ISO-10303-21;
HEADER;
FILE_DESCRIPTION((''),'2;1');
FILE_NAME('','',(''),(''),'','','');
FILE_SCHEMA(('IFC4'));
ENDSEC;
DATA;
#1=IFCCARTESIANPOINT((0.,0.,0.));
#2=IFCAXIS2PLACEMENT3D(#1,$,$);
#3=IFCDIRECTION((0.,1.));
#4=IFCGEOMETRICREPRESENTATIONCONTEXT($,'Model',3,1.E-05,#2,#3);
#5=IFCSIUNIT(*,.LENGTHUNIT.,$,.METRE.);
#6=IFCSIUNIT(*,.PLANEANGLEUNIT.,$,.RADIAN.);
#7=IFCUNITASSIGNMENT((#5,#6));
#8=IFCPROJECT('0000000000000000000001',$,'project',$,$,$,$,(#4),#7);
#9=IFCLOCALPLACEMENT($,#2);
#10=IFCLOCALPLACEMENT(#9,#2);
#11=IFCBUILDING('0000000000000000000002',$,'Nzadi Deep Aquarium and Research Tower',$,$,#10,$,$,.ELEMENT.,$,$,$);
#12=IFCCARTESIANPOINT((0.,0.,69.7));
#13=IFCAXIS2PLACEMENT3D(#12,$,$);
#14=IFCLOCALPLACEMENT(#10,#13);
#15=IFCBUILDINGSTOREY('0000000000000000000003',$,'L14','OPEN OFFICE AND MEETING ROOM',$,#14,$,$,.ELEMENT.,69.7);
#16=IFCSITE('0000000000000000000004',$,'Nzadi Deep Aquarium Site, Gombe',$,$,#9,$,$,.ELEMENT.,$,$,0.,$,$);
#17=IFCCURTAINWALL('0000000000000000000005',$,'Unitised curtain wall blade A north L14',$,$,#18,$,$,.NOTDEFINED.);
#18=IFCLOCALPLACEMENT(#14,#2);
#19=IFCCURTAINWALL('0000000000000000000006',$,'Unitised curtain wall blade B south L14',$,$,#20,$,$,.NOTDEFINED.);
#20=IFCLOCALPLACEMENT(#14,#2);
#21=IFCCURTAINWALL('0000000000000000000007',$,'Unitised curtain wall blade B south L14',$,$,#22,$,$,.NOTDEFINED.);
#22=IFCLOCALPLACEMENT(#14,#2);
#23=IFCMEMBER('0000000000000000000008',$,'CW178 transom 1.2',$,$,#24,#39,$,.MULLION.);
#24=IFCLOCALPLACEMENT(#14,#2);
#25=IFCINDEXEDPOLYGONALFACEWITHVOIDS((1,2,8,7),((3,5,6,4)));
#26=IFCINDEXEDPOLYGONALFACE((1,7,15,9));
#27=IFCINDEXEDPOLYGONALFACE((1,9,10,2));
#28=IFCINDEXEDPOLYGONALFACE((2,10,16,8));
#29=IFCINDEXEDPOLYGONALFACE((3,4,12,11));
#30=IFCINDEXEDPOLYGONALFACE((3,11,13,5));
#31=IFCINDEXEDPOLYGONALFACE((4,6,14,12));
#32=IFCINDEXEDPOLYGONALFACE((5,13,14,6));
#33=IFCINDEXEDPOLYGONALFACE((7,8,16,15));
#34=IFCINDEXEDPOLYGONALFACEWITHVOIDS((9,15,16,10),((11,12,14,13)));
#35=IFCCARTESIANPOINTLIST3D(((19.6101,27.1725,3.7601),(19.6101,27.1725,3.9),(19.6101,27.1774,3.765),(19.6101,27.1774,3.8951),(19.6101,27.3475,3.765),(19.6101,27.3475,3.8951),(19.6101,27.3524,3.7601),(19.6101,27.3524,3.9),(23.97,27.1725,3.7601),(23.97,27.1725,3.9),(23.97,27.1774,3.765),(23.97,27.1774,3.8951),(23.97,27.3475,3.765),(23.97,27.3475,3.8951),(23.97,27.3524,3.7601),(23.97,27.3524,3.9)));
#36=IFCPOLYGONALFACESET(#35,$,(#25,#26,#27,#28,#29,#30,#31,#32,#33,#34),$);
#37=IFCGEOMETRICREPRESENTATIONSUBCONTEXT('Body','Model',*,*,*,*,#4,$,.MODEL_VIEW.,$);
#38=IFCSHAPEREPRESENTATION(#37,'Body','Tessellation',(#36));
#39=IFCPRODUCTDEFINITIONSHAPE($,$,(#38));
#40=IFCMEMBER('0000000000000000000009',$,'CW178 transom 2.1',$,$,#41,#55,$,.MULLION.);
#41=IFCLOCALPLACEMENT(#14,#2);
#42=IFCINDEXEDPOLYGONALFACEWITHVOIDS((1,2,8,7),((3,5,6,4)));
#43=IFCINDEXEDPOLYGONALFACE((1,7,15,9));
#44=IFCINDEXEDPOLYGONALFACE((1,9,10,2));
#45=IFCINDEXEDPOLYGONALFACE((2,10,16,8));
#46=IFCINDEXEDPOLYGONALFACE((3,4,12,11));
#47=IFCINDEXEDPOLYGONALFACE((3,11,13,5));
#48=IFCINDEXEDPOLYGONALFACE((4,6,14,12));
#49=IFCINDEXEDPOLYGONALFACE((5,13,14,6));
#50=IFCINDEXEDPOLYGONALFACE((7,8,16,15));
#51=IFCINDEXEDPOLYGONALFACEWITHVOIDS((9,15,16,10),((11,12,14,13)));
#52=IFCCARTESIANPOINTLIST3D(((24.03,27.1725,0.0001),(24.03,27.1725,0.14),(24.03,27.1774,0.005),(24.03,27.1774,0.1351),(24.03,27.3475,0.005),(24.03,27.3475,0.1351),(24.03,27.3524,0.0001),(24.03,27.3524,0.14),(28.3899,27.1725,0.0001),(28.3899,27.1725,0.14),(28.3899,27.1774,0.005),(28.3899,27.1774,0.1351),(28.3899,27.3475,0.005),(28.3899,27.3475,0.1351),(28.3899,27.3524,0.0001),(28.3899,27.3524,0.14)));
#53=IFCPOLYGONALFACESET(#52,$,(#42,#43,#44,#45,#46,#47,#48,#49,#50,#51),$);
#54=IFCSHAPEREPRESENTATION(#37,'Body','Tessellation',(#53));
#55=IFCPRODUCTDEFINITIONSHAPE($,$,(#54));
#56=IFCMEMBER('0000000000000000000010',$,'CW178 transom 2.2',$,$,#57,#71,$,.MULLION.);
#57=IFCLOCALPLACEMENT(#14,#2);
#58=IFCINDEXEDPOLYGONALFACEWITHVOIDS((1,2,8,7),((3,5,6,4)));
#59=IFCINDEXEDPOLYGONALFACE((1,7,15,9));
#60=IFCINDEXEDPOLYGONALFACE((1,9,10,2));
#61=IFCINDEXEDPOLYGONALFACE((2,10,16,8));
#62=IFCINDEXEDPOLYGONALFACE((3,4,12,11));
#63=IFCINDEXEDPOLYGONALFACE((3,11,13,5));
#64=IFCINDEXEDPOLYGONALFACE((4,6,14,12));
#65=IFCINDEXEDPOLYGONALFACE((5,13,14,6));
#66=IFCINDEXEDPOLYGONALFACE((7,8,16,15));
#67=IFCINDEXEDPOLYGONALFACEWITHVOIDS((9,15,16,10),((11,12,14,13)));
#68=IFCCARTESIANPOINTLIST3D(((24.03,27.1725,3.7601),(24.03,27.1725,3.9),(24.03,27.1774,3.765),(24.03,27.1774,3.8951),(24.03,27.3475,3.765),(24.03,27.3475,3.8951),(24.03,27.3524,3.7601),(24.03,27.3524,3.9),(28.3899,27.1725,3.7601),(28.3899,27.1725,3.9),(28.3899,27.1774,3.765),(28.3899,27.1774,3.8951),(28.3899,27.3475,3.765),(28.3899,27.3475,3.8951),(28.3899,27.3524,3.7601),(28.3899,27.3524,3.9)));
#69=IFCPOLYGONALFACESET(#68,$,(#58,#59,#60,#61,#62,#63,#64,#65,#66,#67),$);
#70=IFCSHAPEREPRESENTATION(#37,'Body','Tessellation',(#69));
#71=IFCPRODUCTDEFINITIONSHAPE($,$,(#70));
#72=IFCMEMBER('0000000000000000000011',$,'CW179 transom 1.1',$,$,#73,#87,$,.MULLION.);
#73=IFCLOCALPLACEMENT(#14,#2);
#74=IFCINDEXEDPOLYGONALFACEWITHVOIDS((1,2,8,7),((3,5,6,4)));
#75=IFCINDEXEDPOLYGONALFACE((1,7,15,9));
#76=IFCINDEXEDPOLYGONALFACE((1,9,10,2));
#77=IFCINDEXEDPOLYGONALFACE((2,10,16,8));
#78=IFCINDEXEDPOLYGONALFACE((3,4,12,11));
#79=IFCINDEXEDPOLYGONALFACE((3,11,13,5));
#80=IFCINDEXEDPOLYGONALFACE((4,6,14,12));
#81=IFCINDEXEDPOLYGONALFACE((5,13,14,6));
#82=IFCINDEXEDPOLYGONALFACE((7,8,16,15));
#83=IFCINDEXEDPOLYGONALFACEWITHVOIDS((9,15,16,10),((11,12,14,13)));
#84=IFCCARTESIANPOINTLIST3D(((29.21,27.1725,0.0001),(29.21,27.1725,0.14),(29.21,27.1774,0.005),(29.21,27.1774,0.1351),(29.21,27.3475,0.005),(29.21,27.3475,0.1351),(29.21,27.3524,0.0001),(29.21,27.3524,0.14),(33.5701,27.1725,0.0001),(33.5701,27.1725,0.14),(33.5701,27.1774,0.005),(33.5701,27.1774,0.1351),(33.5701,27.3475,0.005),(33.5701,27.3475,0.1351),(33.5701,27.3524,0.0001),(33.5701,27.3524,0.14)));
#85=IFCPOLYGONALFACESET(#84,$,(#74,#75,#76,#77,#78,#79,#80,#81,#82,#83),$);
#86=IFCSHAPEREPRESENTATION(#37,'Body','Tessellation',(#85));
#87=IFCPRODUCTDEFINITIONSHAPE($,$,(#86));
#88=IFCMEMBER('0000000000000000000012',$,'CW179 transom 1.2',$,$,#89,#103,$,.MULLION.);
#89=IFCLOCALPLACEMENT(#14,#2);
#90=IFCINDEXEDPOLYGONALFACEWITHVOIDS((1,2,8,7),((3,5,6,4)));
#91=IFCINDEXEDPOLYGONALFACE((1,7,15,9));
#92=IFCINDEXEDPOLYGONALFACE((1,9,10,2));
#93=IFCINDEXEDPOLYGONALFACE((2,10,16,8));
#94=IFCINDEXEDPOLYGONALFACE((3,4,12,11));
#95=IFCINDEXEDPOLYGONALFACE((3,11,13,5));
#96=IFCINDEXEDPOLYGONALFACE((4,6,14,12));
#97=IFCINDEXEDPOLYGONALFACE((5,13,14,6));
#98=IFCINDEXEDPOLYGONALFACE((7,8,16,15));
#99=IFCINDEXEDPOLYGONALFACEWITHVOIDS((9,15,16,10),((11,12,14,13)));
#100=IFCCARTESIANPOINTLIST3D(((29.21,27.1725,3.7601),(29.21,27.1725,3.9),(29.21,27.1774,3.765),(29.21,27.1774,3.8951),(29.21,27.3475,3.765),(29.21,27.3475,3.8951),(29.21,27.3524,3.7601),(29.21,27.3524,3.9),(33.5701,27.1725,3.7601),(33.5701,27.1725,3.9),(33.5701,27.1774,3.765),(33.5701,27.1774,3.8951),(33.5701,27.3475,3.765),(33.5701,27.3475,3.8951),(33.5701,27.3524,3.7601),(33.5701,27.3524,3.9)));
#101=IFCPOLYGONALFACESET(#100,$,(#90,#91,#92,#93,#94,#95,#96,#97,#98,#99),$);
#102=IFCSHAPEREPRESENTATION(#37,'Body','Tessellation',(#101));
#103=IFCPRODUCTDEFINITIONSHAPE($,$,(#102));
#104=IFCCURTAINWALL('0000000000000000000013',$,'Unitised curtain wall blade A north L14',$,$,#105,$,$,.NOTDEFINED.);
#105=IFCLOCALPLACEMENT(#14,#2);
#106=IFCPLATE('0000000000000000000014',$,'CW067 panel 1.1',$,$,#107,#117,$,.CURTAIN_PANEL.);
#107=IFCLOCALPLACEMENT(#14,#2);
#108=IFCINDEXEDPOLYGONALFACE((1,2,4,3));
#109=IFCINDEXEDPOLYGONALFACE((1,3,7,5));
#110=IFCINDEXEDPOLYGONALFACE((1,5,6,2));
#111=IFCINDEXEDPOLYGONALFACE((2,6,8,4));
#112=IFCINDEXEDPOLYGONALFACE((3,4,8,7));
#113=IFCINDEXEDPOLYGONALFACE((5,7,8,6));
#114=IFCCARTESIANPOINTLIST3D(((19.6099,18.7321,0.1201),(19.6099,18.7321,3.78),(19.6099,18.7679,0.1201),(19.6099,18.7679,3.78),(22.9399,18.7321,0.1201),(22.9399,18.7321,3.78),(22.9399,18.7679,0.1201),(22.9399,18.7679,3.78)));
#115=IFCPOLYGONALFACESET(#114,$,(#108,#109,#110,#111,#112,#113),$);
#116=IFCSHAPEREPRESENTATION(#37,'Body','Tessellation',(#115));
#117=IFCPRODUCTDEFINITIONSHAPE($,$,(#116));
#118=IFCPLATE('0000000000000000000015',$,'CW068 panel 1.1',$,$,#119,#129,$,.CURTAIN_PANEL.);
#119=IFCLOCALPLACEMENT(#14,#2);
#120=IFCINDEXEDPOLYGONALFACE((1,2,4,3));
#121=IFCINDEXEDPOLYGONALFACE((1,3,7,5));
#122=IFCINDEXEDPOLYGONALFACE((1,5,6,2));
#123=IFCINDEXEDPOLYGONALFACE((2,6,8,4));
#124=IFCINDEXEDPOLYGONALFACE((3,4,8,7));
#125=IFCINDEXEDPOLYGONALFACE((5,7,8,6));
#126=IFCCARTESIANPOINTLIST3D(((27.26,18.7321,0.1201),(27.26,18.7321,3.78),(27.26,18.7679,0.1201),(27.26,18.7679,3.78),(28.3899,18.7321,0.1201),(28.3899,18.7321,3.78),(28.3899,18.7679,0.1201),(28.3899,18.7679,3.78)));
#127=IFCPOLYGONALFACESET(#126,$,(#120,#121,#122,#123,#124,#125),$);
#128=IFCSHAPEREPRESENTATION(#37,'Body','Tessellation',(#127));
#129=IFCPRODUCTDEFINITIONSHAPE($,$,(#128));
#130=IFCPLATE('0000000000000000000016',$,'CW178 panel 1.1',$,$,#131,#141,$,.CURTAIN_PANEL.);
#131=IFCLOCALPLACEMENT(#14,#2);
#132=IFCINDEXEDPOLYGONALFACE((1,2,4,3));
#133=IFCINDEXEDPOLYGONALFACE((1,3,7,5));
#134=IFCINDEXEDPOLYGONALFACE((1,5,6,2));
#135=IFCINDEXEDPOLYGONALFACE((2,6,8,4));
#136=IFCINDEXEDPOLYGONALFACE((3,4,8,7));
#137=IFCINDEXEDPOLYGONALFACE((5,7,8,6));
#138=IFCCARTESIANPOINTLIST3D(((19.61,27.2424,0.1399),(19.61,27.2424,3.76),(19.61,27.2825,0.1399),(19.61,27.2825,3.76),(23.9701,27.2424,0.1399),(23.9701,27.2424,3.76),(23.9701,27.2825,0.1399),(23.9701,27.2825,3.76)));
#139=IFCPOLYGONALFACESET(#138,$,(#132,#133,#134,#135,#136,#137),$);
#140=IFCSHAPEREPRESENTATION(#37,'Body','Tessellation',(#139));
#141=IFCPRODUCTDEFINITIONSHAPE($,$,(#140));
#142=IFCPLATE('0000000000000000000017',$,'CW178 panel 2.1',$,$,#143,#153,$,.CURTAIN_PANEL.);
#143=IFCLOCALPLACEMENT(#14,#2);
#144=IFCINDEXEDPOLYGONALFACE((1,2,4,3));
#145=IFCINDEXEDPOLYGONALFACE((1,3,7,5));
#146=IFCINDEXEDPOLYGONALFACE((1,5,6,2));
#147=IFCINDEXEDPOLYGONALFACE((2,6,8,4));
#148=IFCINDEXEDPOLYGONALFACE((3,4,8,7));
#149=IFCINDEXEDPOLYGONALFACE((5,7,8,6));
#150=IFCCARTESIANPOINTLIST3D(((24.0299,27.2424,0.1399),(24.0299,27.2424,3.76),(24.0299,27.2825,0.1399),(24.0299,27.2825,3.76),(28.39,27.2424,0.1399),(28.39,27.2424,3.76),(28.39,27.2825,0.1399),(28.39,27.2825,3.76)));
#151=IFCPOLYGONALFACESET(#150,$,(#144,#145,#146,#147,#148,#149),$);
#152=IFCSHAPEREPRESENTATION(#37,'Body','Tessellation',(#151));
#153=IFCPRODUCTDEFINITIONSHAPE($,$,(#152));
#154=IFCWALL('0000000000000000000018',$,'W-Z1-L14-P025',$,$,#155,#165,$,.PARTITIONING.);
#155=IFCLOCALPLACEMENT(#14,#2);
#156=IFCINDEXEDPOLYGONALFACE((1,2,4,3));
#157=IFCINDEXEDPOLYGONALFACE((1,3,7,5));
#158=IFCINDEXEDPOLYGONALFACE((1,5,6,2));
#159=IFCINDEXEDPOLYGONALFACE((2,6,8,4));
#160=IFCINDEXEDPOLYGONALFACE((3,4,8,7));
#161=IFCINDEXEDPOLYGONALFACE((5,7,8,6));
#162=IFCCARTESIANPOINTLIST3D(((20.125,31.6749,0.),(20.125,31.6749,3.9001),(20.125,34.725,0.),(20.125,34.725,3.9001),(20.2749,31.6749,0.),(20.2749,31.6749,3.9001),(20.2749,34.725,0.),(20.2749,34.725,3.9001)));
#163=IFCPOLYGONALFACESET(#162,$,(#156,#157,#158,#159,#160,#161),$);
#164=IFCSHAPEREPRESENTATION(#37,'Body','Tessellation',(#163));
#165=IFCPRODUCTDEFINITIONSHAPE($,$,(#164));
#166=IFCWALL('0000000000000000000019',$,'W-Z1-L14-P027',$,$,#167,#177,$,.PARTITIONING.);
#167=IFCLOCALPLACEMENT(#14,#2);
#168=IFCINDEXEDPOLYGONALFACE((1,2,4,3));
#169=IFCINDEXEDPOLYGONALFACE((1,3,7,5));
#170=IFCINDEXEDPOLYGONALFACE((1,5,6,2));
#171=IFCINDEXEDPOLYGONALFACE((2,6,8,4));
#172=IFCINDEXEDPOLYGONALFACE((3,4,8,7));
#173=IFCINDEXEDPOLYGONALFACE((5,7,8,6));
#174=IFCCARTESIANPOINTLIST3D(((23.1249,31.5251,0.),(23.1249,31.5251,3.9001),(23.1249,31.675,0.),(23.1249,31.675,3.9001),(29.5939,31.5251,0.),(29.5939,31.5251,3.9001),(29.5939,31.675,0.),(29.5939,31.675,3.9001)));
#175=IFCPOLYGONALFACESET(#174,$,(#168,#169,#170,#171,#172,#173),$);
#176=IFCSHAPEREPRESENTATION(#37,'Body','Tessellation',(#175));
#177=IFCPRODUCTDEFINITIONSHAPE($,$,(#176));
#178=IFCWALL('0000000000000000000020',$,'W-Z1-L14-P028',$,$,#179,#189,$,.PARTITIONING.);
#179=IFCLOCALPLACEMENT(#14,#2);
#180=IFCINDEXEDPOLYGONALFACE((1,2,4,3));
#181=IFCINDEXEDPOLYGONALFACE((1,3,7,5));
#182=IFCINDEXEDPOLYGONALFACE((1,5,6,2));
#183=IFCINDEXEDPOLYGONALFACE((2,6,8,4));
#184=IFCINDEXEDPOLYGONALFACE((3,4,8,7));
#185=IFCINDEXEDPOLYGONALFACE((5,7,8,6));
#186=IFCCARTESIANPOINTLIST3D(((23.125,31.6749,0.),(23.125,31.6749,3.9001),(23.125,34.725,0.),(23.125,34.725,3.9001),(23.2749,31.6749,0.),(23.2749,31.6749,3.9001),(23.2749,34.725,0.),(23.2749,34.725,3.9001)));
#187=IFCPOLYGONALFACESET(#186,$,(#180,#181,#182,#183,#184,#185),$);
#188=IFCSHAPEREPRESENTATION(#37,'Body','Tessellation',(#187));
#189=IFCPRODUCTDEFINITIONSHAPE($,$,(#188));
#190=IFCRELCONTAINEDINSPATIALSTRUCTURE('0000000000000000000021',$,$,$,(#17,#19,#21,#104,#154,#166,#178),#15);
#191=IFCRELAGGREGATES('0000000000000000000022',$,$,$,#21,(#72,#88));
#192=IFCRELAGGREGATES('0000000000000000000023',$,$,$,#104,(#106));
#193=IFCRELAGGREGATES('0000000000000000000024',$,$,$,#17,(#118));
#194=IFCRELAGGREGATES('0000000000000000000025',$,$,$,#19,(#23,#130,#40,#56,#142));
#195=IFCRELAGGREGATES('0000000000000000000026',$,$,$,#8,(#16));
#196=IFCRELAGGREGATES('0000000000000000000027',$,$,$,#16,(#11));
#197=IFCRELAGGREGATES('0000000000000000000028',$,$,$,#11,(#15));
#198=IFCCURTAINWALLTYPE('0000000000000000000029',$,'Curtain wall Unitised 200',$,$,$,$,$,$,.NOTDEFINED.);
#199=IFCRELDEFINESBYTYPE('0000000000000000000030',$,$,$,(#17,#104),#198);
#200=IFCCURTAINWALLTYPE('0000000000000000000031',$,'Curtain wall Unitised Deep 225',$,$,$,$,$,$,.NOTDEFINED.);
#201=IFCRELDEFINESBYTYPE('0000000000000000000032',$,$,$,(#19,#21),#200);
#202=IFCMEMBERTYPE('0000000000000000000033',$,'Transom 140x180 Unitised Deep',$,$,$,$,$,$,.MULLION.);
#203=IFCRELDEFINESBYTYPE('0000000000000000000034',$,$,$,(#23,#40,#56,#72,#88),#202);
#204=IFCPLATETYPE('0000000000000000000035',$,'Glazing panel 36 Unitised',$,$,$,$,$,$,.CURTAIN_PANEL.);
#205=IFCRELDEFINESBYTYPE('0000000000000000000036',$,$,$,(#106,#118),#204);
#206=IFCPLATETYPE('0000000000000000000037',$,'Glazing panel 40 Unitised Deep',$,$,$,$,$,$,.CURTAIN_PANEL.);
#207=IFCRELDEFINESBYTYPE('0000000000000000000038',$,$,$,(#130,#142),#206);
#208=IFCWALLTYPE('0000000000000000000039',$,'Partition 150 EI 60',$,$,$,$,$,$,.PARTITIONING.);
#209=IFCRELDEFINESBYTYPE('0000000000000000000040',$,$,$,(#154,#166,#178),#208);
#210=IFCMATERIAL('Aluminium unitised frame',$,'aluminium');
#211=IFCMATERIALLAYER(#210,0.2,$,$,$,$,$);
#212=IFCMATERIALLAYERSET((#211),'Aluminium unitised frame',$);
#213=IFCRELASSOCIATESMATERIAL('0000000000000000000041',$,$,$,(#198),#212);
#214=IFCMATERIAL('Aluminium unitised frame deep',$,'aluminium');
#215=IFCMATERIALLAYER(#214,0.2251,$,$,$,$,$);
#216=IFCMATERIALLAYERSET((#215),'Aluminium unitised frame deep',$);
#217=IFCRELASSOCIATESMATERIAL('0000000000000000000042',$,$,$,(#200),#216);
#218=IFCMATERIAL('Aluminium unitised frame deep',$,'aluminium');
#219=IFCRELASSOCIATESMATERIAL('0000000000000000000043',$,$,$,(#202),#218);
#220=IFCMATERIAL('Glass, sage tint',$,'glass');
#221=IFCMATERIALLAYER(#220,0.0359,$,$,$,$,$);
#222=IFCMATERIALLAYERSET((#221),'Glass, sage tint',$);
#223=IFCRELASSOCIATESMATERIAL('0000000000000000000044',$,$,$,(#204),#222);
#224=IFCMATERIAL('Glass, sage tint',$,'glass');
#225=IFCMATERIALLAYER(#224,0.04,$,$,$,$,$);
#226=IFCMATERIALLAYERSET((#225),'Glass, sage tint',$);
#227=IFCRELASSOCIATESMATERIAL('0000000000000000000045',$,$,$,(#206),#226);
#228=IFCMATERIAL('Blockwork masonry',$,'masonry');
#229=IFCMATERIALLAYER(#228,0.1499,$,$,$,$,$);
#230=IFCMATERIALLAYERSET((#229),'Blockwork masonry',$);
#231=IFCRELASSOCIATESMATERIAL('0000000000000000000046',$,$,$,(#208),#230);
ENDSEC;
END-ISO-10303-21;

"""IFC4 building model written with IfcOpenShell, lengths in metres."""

from ifc_helpers import new_model, si_unit, direction, frame, frame_2d, origin, origin_2d, place, context, subcontext, project, spatial, rectangle, hollow_rectangle, extrude, material, layer, layer_set, material_profile, profile_set, type_object, element, aggregate, save


model = new_model("IFC4")

# Units and contexts
model_context = context("Model", 3, precision=1e-05, world=origin(), true_north=direction((0.0, 1.0)))
body_context = subcontext(model_context, "Body", "Model", "MODEL_VIEW")
ifc_project = project(units=[si_unit("LENGTHUNIT", "METRE"), si_unit("PLANEANGLEUNIT", "RADIAN")], contexts=[model_context])

# Site, building, storey
site_placement = place(None, origin())
site = spatial("IfcSite", under=ifc_project, at=site_placement, Name="Nzadi Deep Aquarium Site, Gombe", CompositionType="ELEMENT", RefElevation=0.0)
building_placement = place(site_placement, origin())
building = spatial("IfcBuilding", under=site, at=building_placement, Name="Nzadi Deep Aquarium and Research Tower", CompositionType="ELEMENT")
storey_placement = place(building_placement, frame((0.0, 0.0, 69.7)))
storey = spatial("IfcBuildingStorey", under=building, at=storey_placement, Name="L14", Description="OPEN OFFICE AND MEETING ROOM", CompositionType="ELEMENT", Elevation=69.7)

# Curtain walls
ifc_material_1 = material(Name="Aluminium unitised frame", Category="aluminium")
ifc_layer_1 = layer(ifc_material_1, 0.2)
ifc_layer_set_1 = layer_set([ifc_layer_1], Name="Aluminium unitised frame")
curtain_wall_type_1 = type_object("IfcCurtainWallType", Name="Curtain wall Unitised 200", PredefinedType="NOTDEFINED", material=ifc_layer_set_1)
curtain_wall_1_placement = place(storey_placement, origin())
curtain_wall_1 = element("IfcCurtainWall", 1, at=curtain_wall_1_placement, inside=storey, type_object=curtain_wall_type_1, Name="Unitised curtain wall blade A north L14", PredefinedType="NOTDEFINED")
ifc_material_2 = material(Name="Aluminium unitised frame deep", Category="aluminium")
ifc_layer_2 = layer(ifc_material_2, 0.2251)
ifc_layer_set_2 = layer_set([ifc_layer_2], Name="Aluminium unitised frame deep")
curtain_wall_type_2 = type_object("IfcCurtainWallType", Name="Curtain wall Unitised Deep 225", PredefinedType="NOTDEFINED", material=ifc_layer_set_2)
curtain_wall_2_placement = place(storey_placement, origin())
curtain_wall_2 = element("IfcCurtainWall", 2, at=curtain_wall_2_placement, inside=storey, type_object=curtain_wall_type_2, Name="Unitised curtain wall blade B south L14", PredefinedType="NOTDEFINED")

# Curtain wall
curtain_wall_3_placement = place(storey_placement, origin())
curtain_wall_3 = element("IfcCurtainWall", 3, at=curtain_wall_3_placement, inside=storey, type_object=curtain_wall_type_2, Name="Unitised curtain wall blade B south L14", PredefinedType="NOTDEFINED")

# Members
ifc_material_3 = material(Name="Aluminium unitised frame deep", Category="aluminium")
ifc_material_profile_1 = material_profile(ifc_material_3, hollow_rectangle(XDim=0.1799, YDim=0.1399, WallThickness=0.0049, at=origin_2d()))
ifc_profile_set_1 = profile_set([ifc_material_profile_1], Name="Aluminium unitised frame deep")
member_type_1 = type_object("IfcMemberType", Name="Transom 140x180 Unitised Deep", PredefinedType="MULLION", material=ifc_profile_set_1)
member_1_placement = place(storey_placement, frame((19.6101, 27.2625, 3.8301), z_axis=(1.0, 0.0, 0.0), x_axis=(0.0, 1.0, 0.0)))
member_1 = element("IfcMember", 4, at=member_1_placement, type_object=member_type_1, Name="CW178 transom 1.2", PredefinedType="MULLION", context=body_context, shape_type="SweptSolid", body=[
    extrude(hollow_rectangle(XDim=0.1799, YDim=0.1399, WallThickness=0.0049, at=origin_2d()), origin(), (0.0, 0.0, 1.0), 4.3599),
])
member_2_placement = place(storey_placement, frame((24.03, 27.2625, 0.0701), z_axis=(1.0, 0.0, 0.0), x_axis=(0.0, 1.0, 0.0)))
member_2 = element("IfcMember", 5, at=member_2_placement, type_object=member_type_1, Name="CW178 transom 2.1", PredefinedType="MULLION", context=body_context, shape_type="SweptSolid", body=[
    extrude(hollow_rectangle(XDim=0.1799, YDim=0.1399, WallThickness=0.0049, at=origin_2d()), origin(), (0.0, 0.0, 1.0), 4.3599),
])
member_3_placement = place(storey_placement, frame((24.03, 27.2625, 3.8301), z_axis=(1.0, 0.0, 0.0), x_axis=(0.0, 1.0, 0.0)))
member_3 = element("IfcMember", 6, at=member_3_placement, type_object=member_type_1, Name="CW178 transom 2.2", PredefinedType="MULLION", context=body_context, shape_type="SweptSolid", body=[
    extrude(hollow_rectangle(XDim=0.1799, YDim=0.1399, WallThickness=0.0049, at=origin_2d()), origin(), (0.0, 0.0, 1.0), 4.3599),
])
member_4_placement = place(storey_placement, frame((29.21, 27.2625, 0.0701), z_axis=(1.0, 0.0, 0.0), x_axis=(0.0, 1.0, 0.0)))
member_4 = element("IfcMember", 7, at=member_4_placement, type_object=member_type_1, Name="CW179 transom 1.1", PredefinedType="MULLION", context=body_context, shape_type="SweptSolid", body=[
    extrude(hollow_rectangle(XDim=0.1799, YDim=0.1399, WallThickness=0.0049, at=origin_2d()), origin(), (0.0, 0.0, 1.0), 4.3601),
])
member_5_placement = place(storey_placement, frame((29.21, 27.2625, 3.8301), z_axis=(1.0, 0.0, 0.0), x_axis=(0.0, 1.0, 0.0)))
member_5 = element("IfcMember", 8, at=member_5_placement, type_object=member_type_1, Name="CW179 transom 1.2", PredefinedType="MULLION", context=body_context, shape_type="SweptSolid", body=[
    extrude(hollow_rectangle(XDim=0.1799, YDim=0.1399, WallThickness=0.0049, at=origin_2d()), origin(), (0.0, 0.0, 1.0), 4.3601),
])
aggregate(curtain_wall_3, [member_4, member_5])

# Curtain wall, plate
curtain_wall_4_placement = place(storey_placement, origin())
curtain_wall_4 = element("IfcCurtainWall", 9, at=curtain_wall_4_placement, inside=storey, type_object=curtain_wall_type_1, Name="Unitised curtain wall blade A north L14", PredefinedType="NOTDEFINED")
ifc_material_4 = material(Name="Glass, sage tint", Category="glass")
ifc_layer_3 = layer(ifc_material_4, 0.0359)
ifc_layer_set_3 = layer_set([ifc_layer_3], Name="Glass, sage tint")
plate_type_1 = type_object("IfcPlateType", Name="Glazing panel 36 Unitised", PredefinedType="CURTAIN_PANEL", material=ifc_layer_set_3)
plate_1_placement = place(storey_placement, frame((21.2749, 18.75, 0.1201), z_axis=(0.0, 0.0, 1.0), x_axis=(1.0, 0.0, 0.0)))
plate_1 = element("IfcPlate", 10, at=plate_1_placement, type_object=plate_type_1, Name="CW067 panel 1.1", PredefinedType="CURTAIN_PANEL", context=body_context, shape_type="SweptSolid", body=[
    extrude(rectangle(XDim=3.3301, YDim=0.0359, at=origin_2d()), origin(), (0.0, 0.0, 1.0), 3.6599),
])
aggregate(curtain_wall_4, [plate_1])

# Plates
plate_2_placement = place(storey_placement, frame((27.825, 18.75, 0.1201), z_axis=(0.0, 0.0, 1.0), x_axis=(1.0, 0.0, 0.0)))
plate_2 = element("IfcPlate", 11, at=plate_2_placement, type_object=plate_type_1, Name="CW068 panel 1.1", PredefinedType="CURTAIN_PANEL", context=body_context, shape_type="SweptSolid", body=[
    extrude(rectangle(XDim=1.1299, YDim=0.0359, at=origin_2d()), origin(), (0.0, 0.0, 1.0), 3.6599),
])
aggregate(curtain_wall_1, [plate_2])
ifc_material_5 = material(Name="Glass, sage tint", Category="glass")
ifc_layer_4 = layer(ifc_material_5, 0.04)
ifc_layer_set_4 = layer_set([ifc_layer_4], Name="Glass, sage tint")
plate_type_2 = type_object("IfcPlateType", Name="Glazing panel 40 Unitised Deep", PredefinedType="CURTAIN_PANEL", material=ifc_layer_set_4)
plate_3_placement = place(storey_placement, frame((21.79, 27.2625, 0.1399), z_axis=(0.0, 0.0, 1.0), x_axis=(1.0, 0.0, 0.0)))
plate_3 = element("IfcPlate", 12, at=plate_3_placement, type_object=plate_type_2, Name="CW178 panel 1.1", PredefinedType="CURTAIN_PANEL", context=body_context, shape_type="SweptSolid", body=[
    extrude(rectangle(XDim=4.3601, YDim=0.04, at=origin_2d()), origin(), (0.0, 0.0, 1.0), 3.6201),
])
plate_4_placement = place(storey_placement, frame((26.21, 27.2625, 0.1399), z_axis=(0.0, 0.0, 1.0), x_axis=(1.0, 0.0, 0.0)))
plate_4 = element("IfcPlate", 13, at=plate_4_placement, type_object=plate_type_2, Name="CW178 panel 2.1", PredefinedType="CURTAIN_PANEL", context=body_context, shape_type="SweptSolid", body=[
    extrude(rectangle(XDim=4.3601, YDim=0.04, at=origin_2d()), origin(), (0.0, 0.0, 1.0), 3.6201),
])
aggregate(curtain_wall_2, [member_1, plate_3, member_2, member_3, plate_4])

# Walls
ifc_material_6 = material(Name="Blockwork masonry", Category="masonry")
ifc_layer_5 = layer(ifc_material_6, 0.1499)
ifc_layer_set_5 = layer_set([ifc_layer_5], Name="Blockwork masonry")
wall_type_1 = type_object("IfcWallType", Name="Partition 150 EI 60", PredefinedType="PARTITIONING", material=ifc_layer_set_5)
wall_1_placement = place(storey_placement, frame((20.2, 31.675, 0.0), z_axis=(0.0, 0.0, 1.0), x_axis=(0.0, 1.0, 0.0)))
element("IfcWall", 14, at=wall_1_placement, inside=storey, type_object=wall_type_1, Name="W-Z1-L14-P025", PredefinedType="PARTITIONING", context=body_context, shape_type="SweptSolid", body=[
    extrude(rectangle(XDim=3.05, YDim=0.1499, at=frame_2d((1.5249, 0.0))), origin(), (0.0, 0.0, 1.0), 3.9001),
])
wall_2_placement = place(storey_placement, frame((23.125, 31.6001, 0.0), z_axis=(0.0, 0.0, 1.0), x_axis=(1.0, 0.0, 0.0)))
element("IfcWall", 15, at=wall_2_placement, inside=storey, type_object=wall_type_1, Name="W-Z1-L14-P027", PredefinedType="PARTITIONING", context=body_context, shape_type="SweptSolid", body=[
    extrude(rectangle(XDim=6.469, YDim=0.1499, at=frame_2d((3.2344, 0.0))), origin(), (0.0, 0.0, 1.0), 3.9001),
])
wall_3_placement = place(storey_placement, frame((23.2, 31.675, 0.0), z_axis=(0.0, 0.0, 1.0), x_axis=(0.0, 1.0, 0.0)))
element("IfcWall", 16, at=wall_3_placement, inside=storey, type_object=wall_type_1, Name="W-Z1-L14-P028", PredefinedType="PARTITIONING", context=body_context, shape_type="SweptSolid", body=[
    extrude(rectangle(XDim=3.05, YDim=0.1499, at=frame_2d((1.5249, 0.0))), origin(), (0.0, 0.0, 1.0), 3.9001),
])

save(model, "model.ifc")
